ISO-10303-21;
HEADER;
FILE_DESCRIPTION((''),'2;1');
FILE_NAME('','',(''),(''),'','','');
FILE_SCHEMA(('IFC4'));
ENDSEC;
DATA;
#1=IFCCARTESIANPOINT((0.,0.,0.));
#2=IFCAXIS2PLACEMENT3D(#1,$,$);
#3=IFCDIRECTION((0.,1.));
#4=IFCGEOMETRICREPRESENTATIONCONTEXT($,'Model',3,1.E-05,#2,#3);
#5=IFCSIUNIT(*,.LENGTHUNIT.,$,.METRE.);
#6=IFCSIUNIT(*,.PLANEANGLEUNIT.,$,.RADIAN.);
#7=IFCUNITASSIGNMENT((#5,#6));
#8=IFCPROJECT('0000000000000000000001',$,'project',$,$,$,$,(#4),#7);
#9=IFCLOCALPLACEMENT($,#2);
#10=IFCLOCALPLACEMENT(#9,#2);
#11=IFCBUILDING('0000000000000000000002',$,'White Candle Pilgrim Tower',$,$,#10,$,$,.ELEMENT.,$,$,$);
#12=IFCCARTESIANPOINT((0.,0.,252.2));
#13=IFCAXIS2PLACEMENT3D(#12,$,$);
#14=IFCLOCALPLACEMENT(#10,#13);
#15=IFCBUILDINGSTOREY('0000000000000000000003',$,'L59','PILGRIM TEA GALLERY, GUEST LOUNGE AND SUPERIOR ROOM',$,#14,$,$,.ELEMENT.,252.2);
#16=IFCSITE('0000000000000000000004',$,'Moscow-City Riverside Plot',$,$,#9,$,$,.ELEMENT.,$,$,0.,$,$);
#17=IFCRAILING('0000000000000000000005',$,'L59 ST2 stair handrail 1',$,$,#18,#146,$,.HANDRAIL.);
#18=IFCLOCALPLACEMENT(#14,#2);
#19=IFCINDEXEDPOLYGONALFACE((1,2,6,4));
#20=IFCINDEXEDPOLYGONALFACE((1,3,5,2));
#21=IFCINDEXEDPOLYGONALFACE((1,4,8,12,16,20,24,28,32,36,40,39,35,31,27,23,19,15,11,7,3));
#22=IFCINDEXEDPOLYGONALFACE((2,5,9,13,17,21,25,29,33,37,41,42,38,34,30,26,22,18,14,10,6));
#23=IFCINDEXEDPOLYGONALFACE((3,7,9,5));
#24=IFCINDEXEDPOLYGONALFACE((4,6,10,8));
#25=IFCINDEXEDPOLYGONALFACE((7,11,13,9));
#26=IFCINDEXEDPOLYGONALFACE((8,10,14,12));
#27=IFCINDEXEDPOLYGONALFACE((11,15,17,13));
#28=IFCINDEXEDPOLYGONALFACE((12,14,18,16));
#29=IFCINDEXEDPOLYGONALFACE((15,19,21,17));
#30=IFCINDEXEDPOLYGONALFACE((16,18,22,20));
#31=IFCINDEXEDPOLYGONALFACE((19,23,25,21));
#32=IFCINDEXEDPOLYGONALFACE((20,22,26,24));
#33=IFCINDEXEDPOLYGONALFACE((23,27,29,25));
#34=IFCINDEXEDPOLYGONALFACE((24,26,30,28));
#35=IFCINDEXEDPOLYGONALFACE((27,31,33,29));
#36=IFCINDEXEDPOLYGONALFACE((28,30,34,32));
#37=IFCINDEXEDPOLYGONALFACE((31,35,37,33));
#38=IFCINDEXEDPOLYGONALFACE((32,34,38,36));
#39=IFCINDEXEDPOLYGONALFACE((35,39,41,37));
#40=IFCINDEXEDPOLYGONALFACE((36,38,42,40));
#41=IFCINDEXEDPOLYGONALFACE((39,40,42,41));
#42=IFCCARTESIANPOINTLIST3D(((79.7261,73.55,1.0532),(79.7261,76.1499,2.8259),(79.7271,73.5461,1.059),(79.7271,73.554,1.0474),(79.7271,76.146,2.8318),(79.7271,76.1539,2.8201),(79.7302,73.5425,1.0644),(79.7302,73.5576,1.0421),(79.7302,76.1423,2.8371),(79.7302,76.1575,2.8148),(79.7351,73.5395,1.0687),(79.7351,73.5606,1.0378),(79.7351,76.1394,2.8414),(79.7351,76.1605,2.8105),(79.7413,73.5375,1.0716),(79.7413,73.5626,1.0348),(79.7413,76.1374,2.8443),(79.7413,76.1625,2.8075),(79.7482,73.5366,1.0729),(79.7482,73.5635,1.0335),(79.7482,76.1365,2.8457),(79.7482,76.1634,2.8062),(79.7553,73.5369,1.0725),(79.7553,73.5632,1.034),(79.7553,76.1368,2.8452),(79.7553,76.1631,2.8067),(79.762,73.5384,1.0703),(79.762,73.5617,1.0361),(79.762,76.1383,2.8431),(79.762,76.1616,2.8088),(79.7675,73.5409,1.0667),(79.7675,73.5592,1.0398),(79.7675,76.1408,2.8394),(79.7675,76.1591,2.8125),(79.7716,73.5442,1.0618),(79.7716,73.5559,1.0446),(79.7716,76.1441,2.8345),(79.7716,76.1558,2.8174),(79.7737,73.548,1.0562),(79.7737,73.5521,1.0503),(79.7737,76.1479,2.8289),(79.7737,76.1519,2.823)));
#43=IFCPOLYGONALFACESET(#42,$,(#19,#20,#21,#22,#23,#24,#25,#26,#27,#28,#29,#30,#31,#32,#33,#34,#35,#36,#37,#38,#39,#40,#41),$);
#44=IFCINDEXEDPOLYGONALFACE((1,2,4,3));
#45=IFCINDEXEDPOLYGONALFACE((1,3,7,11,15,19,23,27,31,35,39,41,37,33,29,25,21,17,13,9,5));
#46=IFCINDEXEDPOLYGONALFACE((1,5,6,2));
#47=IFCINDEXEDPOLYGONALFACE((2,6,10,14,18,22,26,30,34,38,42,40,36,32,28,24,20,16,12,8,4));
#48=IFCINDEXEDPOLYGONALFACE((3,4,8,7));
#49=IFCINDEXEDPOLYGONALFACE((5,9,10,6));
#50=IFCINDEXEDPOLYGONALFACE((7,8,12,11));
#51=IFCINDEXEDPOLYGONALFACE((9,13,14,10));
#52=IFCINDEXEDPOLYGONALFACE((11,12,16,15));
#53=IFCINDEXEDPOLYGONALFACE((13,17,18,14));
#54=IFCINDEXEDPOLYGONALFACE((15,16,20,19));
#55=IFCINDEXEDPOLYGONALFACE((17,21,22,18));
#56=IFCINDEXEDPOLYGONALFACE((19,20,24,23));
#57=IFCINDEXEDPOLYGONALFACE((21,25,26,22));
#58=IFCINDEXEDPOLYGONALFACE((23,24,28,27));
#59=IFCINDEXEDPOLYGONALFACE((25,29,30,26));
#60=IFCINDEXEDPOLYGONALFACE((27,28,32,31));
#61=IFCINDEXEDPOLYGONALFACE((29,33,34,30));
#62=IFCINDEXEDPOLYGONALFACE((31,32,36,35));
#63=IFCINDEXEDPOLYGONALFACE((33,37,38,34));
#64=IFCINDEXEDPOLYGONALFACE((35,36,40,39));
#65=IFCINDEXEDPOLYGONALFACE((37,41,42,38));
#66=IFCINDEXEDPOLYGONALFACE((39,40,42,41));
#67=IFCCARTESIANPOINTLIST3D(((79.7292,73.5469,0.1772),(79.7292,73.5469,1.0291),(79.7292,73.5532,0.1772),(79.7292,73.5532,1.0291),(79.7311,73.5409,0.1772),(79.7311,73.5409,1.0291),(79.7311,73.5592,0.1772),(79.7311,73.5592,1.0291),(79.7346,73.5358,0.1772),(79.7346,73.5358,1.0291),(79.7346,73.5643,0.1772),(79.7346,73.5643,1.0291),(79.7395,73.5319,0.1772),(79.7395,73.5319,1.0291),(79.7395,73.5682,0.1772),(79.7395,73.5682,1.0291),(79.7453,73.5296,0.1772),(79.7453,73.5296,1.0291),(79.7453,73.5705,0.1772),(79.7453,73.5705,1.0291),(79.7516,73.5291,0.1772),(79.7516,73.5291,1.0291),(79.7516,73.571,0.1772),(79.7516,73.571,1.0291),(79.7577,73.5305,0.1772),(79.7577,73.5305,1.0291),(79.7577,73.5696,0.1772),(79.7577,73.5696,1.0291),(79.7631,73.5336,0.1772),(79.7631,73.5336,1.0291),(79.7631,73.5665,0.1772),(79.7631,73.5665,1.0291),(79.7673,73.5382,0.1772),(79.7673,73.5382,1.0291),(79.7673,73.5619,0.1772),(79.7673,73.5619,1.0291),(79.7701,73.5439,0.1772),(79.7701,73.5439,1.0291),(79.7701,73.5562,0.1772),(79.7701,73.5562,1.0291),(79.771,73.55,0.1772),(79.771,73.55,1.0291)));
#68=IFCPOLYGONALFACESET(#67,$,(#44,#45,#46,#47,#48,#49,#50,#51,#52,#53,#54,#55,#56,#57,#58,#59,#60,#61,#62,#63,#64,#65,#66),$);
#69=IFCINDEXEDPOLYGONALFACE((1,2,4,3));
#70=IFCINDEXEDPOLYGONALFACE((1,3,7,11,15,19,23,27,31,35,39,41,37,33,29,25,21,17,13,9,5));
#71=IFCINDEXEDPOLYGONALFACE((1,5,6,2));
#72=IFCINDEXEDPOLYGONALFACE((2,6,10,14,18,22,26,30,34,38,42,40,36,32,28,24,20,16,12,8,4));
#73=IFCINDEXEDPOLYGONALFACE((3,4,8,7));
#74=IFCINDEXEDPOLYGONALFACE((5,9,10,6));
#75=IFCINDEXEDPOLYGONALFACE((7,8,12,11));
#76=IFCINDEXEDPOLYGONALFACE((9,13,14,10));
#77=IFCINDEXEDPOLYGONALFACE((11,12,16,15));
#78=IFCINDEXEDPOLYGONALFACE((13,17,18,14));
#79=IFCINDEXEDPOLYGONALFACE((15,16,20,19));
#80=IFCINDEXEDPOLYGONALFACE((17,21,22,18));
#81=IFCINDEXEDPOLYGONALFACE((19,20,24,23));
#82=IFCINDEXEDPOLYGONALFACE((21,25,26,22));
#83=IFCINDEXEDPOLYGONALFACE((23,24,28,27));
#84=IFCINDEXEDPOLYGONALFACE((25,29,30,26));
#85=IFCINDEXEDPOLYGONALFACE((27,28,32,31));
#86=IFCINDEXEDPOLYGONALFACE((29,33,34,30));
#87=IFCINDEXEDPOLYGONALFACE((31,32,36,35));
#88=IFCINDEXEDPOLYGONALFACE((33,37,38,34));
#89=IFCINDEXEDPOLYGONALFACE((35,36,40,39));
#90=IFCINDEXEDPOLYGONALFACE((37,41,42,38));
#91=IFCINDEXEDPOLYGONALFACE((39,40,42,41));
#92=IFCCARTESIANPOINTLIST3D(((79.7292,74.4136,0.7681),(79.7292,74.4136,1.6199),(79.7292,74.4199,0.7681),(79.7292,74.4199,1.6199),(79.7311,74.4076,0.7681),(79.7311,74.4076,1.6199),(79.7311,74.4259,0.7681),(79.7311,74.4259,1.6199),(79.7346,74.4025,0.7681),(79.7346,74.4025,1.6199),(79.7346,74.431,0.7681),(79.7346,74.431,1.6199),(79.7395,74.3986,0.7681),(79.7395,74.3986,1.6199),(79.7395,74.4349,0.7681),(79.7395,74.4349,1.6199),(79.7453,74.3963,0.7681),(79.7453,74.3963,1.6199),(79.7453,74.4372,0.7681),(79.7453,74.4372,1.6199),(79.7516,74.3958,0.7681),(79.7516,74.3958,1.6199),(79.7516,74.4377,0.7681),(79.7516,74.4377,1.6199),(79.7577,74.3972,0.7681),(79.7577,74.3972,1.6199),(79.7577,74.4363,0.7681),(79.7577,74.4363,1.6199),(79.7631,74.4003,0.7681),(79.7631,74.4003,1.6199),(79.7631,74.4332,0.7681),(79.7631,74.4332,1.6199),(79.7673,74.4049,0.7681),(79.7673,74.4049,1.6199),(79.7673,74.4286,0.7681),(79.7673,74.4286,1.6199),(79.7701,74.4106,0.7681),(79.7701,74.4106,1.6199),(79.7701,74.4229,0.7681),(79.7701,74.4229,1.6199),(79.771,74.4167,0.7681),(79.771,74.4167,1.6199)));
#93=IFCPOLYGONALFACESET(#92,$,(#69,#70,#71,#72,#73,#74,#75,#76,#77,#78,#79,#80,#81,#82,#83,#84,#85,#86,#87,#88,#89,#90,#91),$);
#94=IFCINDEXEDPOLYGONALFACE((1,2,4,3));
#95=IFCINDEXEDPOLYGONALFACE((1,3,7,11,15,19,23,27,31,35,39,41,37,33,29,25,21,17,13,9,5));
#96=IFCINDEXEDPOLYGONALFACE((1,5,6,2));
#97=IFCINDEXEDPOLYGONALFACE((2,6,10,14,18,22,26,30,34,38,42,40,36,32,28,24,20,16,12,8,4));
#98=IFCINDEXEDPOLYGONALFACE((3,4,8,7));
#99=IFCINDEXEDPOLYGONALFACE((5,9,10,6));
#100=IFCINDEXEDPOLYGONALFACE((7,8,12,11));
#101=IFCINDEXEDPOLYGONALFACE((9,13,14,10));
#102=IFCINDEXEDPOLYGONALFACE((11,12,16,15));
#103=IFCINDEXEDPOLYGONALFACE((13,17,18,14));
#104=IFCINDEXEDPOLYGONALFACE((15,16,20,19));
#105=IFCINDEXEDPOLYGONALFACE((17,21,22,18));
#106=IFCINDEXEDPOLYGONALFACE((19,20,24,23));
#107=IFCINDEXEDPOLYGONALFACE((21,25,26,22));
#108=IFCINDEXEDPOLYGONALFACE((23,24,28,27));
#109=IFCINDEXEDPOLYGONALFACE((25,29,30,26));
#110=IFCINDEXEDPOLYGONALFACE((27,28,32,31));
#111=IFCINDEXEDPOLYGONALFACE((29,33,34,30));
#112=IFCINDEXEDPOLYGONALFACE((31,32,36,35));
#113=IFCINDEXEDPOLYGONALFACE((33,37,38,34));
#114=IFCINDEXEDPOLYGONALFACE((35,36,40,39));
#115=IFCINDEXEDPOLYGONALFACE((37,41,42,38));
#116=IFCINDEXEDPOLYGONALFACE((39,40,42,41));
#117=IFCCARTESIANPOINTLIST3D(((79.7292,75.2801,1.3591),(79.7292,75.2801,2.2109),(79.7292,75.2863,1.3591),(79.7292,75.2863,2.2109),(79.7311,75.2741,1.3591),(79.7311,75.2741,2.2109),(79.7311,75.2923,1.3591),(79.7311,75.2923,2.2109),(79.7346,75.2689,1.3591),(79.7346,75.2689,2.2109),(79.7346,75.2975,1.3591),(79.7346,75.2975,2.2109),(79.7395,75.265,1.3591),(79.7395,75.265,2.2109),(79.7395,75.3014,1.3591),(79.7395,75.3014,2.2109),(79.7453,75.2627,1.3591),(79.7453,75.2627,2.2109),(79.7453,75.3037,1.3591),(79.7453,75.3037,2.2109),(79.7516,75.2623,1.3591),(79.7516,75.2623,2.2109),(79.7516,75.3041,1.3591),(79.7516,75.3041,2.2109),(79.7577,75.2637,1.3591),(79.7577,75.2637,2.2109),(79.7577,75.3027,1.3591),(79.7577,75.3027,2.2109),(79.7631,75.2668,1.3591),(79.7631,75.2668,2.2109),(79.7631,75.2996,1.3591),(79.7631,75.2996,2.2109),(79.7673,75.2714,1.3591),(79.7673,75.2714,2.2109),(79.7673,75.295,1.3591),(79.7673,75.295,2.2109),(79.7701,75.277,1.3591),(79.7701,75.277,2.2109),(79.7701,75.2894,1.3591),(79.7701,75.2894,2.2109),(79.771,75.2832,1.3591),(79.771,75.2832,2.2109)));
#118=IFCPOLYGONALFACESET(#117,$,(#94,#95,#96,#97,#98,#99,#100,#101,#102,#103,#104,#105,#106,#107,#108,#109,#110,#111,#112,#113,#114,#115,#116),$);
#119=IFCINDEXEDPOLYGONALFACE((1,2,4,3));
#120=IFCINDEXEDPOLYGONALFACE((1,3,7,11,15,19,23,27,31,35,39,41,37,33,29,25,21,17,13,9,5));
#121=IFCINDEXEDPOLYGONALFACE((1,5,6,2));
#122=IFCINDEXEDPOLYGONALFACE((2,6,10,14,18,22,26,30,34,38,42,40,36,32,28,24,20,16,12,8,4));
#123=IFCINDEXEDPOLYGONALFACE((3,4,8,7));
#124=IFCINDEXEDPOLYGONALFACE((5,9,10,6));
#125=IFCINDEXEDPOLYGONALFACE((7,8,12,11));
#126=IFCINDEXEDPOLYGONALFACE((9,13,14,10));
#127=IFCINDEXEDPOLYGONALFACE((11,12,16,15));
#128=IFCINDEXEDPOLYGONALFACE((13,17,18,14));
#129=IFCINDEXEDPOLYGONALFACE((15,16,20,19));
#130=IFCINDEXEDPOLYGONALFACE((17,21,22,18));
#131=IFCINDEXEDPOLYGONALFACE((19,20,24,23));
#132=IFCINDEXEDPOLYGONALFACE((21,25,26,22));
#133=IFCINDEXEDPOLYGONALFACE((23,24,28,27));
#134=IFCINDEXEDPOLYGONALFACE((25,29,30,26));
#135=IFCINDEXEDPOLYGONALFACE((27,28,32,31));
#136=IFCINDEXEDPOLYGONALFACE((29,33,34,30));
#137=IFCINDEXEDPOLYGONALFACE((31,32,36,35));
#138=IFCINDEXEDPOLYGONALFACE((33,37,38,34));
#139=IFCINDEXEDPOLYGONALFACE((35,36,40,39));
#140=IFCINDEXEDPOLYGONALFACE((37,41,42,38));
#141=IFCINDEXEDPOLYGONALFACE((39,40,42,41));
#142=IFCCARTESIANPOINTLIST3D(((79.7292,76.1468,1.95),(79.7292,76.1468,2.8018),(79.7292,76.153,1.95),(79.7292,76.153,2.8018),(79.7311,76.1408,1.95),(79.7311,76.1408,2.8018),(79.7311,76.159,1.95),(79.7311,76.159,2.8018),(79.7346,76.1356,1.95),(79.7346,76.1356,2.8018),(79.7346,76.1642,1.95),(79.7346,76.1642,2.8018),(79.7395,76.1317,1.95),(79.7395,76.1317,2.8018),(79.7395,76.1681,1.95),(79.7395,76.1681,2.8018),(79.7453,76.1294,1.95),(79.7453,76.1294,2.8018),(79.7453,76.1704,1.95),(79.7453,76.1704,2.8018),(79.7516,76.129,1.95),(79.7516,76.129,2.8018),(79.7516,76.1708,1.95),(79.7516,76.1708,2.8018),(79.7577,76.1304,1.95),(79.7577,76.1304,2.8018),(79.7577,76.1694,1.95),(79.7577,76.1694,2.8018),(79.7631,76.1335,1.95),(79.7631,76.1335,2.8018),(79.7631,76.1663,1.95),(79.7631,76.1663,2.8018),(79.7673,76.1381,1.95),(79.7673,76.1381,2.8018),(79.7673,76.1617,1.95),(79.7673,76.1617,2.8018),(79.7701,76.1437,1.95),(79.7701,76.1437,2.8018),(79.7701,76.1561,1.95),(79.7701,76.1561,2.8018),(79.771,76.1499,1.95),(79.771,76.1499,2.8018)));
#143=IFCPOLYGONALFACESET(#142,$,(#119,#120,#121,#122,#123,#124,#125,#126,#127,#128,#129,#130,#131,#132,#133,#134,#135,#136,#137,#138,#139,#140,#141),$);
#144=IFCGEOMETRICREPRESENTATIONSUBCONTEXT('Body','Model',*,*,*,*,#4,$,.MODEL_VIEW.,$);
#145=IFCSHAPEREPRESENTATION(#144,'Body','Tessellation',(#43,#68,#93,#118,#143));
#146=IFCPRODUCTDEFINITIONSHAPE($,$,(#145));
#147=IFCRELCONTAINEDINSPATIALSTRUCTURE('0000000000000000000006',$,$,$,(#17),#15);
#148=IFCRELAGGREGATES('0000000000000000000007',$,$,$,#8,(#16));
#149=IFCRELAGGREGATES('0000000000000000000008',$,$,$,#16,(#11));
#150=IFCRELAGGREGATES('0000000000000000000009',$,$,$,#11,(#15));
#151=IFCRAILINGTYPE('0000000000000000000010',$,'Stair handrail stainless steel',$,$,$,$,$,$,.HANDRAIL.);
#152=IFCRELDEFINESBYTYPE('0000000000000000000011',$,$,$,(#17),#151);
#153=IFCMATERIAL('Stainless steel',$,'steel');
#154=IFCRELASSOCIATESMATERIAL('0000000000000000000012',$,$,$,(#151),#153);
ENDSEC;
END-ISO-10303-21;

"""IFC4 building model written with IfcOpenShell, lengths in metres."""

from ifc_helpers import new_model, si_unit, direction, frame, origin, origin_2d, place, context, subcontext, project, spatial, circle, extrude, material, type_object, element, save


model = new_model("IFC4")

# Units and contexts
model_context = context("Model", 3, precision=1e-05, world=origin(), true_north=direction((0.0, 1.0)))
body_context = subcontext(model_context, "Body", "Model", "MODEL_VIEW")
ifc_project = project(units=[si_unit("LENGTHUNIT", "METRE"), si_unit("PLANEANGLEUNIT", "RADIAN")], contexts=[model_context])

# Site, building, storey
site_placement = place(None, origin())
site = spatial("IfcSite", under=ifc_project, at=site_placement, Name="Moscow-City Riverside Plot", CompositionType="ELEMENT", RefElevation=0.0)
building_placement = place(site_placement, origin())
building = spatial("IfcBuilding", under=site, at=building_placement, Name="White Candle Pilgrim Tower", CompositionType="ELEMENT")
storey_placement = place(building_placement, frame((0.0, 0.0, 252.2)))
storey = spatial("IfcBuildingStorey", under=building, at=storey_placement, Name="L59", Description="PILGRIM TEA GALLERY, GUEST LOUNGE AND SUPERIOR ROOM", CompositionType="ELEMENT", Elevation=252.2)

# Railing
ifc_material_1 = material(Name="Stainless steel", Category="steel")
railing_type_1 = type_object("IfcRailingType", Name="Stair handrail stainless steel", PredefinedType="HANDRAIL", material=ifc_material_1)
railing_1_placement = place(storey_placement, frame((79.75, 73.55, 0.1772)))
element("IfcRailing", 1, at=railing_1_placement, inside=storey, type_object=railing_type_1, Name="L59 ST2 stair handrail 1", PredefinedType="HANDRAIL", context=body_context, shape_type="SweptSolid", body=[
    extrude(circle(Radius=0.0239, at=origin_2d()), frame((0.0, 0.0, 0.876), z_axis=(0.0, 0.826216, 0.563354), x_axis=(-1.0, 0.0, 0.0)), (0.0, 0.0, 1.0), 3.1467),
    extrude(circle(Radius=0.021, at=origin_2d()), origin(), (0.0, 0.0, 1.0), 0.8518),
    extrude(circle(Radius=0.021, at=origin_2d()), frame((0.0, 0.8667, 0.5908)), (0.0, 0.0, 1.0), 0.8518),
    extrude(circle(Radius=0.021, at=origin_2d()), frame((0.0, 1.7332, 1.1819)), (0.0, 0.0, 1.0), 0.8518),
    extrude(circle(Radius=0.021, at=origin_2d()), frame((0.0, 2.5999, 1.7727)), (0.0, 0.0, 1.0), 0.8518),
])

save(model, "model.ifc")
